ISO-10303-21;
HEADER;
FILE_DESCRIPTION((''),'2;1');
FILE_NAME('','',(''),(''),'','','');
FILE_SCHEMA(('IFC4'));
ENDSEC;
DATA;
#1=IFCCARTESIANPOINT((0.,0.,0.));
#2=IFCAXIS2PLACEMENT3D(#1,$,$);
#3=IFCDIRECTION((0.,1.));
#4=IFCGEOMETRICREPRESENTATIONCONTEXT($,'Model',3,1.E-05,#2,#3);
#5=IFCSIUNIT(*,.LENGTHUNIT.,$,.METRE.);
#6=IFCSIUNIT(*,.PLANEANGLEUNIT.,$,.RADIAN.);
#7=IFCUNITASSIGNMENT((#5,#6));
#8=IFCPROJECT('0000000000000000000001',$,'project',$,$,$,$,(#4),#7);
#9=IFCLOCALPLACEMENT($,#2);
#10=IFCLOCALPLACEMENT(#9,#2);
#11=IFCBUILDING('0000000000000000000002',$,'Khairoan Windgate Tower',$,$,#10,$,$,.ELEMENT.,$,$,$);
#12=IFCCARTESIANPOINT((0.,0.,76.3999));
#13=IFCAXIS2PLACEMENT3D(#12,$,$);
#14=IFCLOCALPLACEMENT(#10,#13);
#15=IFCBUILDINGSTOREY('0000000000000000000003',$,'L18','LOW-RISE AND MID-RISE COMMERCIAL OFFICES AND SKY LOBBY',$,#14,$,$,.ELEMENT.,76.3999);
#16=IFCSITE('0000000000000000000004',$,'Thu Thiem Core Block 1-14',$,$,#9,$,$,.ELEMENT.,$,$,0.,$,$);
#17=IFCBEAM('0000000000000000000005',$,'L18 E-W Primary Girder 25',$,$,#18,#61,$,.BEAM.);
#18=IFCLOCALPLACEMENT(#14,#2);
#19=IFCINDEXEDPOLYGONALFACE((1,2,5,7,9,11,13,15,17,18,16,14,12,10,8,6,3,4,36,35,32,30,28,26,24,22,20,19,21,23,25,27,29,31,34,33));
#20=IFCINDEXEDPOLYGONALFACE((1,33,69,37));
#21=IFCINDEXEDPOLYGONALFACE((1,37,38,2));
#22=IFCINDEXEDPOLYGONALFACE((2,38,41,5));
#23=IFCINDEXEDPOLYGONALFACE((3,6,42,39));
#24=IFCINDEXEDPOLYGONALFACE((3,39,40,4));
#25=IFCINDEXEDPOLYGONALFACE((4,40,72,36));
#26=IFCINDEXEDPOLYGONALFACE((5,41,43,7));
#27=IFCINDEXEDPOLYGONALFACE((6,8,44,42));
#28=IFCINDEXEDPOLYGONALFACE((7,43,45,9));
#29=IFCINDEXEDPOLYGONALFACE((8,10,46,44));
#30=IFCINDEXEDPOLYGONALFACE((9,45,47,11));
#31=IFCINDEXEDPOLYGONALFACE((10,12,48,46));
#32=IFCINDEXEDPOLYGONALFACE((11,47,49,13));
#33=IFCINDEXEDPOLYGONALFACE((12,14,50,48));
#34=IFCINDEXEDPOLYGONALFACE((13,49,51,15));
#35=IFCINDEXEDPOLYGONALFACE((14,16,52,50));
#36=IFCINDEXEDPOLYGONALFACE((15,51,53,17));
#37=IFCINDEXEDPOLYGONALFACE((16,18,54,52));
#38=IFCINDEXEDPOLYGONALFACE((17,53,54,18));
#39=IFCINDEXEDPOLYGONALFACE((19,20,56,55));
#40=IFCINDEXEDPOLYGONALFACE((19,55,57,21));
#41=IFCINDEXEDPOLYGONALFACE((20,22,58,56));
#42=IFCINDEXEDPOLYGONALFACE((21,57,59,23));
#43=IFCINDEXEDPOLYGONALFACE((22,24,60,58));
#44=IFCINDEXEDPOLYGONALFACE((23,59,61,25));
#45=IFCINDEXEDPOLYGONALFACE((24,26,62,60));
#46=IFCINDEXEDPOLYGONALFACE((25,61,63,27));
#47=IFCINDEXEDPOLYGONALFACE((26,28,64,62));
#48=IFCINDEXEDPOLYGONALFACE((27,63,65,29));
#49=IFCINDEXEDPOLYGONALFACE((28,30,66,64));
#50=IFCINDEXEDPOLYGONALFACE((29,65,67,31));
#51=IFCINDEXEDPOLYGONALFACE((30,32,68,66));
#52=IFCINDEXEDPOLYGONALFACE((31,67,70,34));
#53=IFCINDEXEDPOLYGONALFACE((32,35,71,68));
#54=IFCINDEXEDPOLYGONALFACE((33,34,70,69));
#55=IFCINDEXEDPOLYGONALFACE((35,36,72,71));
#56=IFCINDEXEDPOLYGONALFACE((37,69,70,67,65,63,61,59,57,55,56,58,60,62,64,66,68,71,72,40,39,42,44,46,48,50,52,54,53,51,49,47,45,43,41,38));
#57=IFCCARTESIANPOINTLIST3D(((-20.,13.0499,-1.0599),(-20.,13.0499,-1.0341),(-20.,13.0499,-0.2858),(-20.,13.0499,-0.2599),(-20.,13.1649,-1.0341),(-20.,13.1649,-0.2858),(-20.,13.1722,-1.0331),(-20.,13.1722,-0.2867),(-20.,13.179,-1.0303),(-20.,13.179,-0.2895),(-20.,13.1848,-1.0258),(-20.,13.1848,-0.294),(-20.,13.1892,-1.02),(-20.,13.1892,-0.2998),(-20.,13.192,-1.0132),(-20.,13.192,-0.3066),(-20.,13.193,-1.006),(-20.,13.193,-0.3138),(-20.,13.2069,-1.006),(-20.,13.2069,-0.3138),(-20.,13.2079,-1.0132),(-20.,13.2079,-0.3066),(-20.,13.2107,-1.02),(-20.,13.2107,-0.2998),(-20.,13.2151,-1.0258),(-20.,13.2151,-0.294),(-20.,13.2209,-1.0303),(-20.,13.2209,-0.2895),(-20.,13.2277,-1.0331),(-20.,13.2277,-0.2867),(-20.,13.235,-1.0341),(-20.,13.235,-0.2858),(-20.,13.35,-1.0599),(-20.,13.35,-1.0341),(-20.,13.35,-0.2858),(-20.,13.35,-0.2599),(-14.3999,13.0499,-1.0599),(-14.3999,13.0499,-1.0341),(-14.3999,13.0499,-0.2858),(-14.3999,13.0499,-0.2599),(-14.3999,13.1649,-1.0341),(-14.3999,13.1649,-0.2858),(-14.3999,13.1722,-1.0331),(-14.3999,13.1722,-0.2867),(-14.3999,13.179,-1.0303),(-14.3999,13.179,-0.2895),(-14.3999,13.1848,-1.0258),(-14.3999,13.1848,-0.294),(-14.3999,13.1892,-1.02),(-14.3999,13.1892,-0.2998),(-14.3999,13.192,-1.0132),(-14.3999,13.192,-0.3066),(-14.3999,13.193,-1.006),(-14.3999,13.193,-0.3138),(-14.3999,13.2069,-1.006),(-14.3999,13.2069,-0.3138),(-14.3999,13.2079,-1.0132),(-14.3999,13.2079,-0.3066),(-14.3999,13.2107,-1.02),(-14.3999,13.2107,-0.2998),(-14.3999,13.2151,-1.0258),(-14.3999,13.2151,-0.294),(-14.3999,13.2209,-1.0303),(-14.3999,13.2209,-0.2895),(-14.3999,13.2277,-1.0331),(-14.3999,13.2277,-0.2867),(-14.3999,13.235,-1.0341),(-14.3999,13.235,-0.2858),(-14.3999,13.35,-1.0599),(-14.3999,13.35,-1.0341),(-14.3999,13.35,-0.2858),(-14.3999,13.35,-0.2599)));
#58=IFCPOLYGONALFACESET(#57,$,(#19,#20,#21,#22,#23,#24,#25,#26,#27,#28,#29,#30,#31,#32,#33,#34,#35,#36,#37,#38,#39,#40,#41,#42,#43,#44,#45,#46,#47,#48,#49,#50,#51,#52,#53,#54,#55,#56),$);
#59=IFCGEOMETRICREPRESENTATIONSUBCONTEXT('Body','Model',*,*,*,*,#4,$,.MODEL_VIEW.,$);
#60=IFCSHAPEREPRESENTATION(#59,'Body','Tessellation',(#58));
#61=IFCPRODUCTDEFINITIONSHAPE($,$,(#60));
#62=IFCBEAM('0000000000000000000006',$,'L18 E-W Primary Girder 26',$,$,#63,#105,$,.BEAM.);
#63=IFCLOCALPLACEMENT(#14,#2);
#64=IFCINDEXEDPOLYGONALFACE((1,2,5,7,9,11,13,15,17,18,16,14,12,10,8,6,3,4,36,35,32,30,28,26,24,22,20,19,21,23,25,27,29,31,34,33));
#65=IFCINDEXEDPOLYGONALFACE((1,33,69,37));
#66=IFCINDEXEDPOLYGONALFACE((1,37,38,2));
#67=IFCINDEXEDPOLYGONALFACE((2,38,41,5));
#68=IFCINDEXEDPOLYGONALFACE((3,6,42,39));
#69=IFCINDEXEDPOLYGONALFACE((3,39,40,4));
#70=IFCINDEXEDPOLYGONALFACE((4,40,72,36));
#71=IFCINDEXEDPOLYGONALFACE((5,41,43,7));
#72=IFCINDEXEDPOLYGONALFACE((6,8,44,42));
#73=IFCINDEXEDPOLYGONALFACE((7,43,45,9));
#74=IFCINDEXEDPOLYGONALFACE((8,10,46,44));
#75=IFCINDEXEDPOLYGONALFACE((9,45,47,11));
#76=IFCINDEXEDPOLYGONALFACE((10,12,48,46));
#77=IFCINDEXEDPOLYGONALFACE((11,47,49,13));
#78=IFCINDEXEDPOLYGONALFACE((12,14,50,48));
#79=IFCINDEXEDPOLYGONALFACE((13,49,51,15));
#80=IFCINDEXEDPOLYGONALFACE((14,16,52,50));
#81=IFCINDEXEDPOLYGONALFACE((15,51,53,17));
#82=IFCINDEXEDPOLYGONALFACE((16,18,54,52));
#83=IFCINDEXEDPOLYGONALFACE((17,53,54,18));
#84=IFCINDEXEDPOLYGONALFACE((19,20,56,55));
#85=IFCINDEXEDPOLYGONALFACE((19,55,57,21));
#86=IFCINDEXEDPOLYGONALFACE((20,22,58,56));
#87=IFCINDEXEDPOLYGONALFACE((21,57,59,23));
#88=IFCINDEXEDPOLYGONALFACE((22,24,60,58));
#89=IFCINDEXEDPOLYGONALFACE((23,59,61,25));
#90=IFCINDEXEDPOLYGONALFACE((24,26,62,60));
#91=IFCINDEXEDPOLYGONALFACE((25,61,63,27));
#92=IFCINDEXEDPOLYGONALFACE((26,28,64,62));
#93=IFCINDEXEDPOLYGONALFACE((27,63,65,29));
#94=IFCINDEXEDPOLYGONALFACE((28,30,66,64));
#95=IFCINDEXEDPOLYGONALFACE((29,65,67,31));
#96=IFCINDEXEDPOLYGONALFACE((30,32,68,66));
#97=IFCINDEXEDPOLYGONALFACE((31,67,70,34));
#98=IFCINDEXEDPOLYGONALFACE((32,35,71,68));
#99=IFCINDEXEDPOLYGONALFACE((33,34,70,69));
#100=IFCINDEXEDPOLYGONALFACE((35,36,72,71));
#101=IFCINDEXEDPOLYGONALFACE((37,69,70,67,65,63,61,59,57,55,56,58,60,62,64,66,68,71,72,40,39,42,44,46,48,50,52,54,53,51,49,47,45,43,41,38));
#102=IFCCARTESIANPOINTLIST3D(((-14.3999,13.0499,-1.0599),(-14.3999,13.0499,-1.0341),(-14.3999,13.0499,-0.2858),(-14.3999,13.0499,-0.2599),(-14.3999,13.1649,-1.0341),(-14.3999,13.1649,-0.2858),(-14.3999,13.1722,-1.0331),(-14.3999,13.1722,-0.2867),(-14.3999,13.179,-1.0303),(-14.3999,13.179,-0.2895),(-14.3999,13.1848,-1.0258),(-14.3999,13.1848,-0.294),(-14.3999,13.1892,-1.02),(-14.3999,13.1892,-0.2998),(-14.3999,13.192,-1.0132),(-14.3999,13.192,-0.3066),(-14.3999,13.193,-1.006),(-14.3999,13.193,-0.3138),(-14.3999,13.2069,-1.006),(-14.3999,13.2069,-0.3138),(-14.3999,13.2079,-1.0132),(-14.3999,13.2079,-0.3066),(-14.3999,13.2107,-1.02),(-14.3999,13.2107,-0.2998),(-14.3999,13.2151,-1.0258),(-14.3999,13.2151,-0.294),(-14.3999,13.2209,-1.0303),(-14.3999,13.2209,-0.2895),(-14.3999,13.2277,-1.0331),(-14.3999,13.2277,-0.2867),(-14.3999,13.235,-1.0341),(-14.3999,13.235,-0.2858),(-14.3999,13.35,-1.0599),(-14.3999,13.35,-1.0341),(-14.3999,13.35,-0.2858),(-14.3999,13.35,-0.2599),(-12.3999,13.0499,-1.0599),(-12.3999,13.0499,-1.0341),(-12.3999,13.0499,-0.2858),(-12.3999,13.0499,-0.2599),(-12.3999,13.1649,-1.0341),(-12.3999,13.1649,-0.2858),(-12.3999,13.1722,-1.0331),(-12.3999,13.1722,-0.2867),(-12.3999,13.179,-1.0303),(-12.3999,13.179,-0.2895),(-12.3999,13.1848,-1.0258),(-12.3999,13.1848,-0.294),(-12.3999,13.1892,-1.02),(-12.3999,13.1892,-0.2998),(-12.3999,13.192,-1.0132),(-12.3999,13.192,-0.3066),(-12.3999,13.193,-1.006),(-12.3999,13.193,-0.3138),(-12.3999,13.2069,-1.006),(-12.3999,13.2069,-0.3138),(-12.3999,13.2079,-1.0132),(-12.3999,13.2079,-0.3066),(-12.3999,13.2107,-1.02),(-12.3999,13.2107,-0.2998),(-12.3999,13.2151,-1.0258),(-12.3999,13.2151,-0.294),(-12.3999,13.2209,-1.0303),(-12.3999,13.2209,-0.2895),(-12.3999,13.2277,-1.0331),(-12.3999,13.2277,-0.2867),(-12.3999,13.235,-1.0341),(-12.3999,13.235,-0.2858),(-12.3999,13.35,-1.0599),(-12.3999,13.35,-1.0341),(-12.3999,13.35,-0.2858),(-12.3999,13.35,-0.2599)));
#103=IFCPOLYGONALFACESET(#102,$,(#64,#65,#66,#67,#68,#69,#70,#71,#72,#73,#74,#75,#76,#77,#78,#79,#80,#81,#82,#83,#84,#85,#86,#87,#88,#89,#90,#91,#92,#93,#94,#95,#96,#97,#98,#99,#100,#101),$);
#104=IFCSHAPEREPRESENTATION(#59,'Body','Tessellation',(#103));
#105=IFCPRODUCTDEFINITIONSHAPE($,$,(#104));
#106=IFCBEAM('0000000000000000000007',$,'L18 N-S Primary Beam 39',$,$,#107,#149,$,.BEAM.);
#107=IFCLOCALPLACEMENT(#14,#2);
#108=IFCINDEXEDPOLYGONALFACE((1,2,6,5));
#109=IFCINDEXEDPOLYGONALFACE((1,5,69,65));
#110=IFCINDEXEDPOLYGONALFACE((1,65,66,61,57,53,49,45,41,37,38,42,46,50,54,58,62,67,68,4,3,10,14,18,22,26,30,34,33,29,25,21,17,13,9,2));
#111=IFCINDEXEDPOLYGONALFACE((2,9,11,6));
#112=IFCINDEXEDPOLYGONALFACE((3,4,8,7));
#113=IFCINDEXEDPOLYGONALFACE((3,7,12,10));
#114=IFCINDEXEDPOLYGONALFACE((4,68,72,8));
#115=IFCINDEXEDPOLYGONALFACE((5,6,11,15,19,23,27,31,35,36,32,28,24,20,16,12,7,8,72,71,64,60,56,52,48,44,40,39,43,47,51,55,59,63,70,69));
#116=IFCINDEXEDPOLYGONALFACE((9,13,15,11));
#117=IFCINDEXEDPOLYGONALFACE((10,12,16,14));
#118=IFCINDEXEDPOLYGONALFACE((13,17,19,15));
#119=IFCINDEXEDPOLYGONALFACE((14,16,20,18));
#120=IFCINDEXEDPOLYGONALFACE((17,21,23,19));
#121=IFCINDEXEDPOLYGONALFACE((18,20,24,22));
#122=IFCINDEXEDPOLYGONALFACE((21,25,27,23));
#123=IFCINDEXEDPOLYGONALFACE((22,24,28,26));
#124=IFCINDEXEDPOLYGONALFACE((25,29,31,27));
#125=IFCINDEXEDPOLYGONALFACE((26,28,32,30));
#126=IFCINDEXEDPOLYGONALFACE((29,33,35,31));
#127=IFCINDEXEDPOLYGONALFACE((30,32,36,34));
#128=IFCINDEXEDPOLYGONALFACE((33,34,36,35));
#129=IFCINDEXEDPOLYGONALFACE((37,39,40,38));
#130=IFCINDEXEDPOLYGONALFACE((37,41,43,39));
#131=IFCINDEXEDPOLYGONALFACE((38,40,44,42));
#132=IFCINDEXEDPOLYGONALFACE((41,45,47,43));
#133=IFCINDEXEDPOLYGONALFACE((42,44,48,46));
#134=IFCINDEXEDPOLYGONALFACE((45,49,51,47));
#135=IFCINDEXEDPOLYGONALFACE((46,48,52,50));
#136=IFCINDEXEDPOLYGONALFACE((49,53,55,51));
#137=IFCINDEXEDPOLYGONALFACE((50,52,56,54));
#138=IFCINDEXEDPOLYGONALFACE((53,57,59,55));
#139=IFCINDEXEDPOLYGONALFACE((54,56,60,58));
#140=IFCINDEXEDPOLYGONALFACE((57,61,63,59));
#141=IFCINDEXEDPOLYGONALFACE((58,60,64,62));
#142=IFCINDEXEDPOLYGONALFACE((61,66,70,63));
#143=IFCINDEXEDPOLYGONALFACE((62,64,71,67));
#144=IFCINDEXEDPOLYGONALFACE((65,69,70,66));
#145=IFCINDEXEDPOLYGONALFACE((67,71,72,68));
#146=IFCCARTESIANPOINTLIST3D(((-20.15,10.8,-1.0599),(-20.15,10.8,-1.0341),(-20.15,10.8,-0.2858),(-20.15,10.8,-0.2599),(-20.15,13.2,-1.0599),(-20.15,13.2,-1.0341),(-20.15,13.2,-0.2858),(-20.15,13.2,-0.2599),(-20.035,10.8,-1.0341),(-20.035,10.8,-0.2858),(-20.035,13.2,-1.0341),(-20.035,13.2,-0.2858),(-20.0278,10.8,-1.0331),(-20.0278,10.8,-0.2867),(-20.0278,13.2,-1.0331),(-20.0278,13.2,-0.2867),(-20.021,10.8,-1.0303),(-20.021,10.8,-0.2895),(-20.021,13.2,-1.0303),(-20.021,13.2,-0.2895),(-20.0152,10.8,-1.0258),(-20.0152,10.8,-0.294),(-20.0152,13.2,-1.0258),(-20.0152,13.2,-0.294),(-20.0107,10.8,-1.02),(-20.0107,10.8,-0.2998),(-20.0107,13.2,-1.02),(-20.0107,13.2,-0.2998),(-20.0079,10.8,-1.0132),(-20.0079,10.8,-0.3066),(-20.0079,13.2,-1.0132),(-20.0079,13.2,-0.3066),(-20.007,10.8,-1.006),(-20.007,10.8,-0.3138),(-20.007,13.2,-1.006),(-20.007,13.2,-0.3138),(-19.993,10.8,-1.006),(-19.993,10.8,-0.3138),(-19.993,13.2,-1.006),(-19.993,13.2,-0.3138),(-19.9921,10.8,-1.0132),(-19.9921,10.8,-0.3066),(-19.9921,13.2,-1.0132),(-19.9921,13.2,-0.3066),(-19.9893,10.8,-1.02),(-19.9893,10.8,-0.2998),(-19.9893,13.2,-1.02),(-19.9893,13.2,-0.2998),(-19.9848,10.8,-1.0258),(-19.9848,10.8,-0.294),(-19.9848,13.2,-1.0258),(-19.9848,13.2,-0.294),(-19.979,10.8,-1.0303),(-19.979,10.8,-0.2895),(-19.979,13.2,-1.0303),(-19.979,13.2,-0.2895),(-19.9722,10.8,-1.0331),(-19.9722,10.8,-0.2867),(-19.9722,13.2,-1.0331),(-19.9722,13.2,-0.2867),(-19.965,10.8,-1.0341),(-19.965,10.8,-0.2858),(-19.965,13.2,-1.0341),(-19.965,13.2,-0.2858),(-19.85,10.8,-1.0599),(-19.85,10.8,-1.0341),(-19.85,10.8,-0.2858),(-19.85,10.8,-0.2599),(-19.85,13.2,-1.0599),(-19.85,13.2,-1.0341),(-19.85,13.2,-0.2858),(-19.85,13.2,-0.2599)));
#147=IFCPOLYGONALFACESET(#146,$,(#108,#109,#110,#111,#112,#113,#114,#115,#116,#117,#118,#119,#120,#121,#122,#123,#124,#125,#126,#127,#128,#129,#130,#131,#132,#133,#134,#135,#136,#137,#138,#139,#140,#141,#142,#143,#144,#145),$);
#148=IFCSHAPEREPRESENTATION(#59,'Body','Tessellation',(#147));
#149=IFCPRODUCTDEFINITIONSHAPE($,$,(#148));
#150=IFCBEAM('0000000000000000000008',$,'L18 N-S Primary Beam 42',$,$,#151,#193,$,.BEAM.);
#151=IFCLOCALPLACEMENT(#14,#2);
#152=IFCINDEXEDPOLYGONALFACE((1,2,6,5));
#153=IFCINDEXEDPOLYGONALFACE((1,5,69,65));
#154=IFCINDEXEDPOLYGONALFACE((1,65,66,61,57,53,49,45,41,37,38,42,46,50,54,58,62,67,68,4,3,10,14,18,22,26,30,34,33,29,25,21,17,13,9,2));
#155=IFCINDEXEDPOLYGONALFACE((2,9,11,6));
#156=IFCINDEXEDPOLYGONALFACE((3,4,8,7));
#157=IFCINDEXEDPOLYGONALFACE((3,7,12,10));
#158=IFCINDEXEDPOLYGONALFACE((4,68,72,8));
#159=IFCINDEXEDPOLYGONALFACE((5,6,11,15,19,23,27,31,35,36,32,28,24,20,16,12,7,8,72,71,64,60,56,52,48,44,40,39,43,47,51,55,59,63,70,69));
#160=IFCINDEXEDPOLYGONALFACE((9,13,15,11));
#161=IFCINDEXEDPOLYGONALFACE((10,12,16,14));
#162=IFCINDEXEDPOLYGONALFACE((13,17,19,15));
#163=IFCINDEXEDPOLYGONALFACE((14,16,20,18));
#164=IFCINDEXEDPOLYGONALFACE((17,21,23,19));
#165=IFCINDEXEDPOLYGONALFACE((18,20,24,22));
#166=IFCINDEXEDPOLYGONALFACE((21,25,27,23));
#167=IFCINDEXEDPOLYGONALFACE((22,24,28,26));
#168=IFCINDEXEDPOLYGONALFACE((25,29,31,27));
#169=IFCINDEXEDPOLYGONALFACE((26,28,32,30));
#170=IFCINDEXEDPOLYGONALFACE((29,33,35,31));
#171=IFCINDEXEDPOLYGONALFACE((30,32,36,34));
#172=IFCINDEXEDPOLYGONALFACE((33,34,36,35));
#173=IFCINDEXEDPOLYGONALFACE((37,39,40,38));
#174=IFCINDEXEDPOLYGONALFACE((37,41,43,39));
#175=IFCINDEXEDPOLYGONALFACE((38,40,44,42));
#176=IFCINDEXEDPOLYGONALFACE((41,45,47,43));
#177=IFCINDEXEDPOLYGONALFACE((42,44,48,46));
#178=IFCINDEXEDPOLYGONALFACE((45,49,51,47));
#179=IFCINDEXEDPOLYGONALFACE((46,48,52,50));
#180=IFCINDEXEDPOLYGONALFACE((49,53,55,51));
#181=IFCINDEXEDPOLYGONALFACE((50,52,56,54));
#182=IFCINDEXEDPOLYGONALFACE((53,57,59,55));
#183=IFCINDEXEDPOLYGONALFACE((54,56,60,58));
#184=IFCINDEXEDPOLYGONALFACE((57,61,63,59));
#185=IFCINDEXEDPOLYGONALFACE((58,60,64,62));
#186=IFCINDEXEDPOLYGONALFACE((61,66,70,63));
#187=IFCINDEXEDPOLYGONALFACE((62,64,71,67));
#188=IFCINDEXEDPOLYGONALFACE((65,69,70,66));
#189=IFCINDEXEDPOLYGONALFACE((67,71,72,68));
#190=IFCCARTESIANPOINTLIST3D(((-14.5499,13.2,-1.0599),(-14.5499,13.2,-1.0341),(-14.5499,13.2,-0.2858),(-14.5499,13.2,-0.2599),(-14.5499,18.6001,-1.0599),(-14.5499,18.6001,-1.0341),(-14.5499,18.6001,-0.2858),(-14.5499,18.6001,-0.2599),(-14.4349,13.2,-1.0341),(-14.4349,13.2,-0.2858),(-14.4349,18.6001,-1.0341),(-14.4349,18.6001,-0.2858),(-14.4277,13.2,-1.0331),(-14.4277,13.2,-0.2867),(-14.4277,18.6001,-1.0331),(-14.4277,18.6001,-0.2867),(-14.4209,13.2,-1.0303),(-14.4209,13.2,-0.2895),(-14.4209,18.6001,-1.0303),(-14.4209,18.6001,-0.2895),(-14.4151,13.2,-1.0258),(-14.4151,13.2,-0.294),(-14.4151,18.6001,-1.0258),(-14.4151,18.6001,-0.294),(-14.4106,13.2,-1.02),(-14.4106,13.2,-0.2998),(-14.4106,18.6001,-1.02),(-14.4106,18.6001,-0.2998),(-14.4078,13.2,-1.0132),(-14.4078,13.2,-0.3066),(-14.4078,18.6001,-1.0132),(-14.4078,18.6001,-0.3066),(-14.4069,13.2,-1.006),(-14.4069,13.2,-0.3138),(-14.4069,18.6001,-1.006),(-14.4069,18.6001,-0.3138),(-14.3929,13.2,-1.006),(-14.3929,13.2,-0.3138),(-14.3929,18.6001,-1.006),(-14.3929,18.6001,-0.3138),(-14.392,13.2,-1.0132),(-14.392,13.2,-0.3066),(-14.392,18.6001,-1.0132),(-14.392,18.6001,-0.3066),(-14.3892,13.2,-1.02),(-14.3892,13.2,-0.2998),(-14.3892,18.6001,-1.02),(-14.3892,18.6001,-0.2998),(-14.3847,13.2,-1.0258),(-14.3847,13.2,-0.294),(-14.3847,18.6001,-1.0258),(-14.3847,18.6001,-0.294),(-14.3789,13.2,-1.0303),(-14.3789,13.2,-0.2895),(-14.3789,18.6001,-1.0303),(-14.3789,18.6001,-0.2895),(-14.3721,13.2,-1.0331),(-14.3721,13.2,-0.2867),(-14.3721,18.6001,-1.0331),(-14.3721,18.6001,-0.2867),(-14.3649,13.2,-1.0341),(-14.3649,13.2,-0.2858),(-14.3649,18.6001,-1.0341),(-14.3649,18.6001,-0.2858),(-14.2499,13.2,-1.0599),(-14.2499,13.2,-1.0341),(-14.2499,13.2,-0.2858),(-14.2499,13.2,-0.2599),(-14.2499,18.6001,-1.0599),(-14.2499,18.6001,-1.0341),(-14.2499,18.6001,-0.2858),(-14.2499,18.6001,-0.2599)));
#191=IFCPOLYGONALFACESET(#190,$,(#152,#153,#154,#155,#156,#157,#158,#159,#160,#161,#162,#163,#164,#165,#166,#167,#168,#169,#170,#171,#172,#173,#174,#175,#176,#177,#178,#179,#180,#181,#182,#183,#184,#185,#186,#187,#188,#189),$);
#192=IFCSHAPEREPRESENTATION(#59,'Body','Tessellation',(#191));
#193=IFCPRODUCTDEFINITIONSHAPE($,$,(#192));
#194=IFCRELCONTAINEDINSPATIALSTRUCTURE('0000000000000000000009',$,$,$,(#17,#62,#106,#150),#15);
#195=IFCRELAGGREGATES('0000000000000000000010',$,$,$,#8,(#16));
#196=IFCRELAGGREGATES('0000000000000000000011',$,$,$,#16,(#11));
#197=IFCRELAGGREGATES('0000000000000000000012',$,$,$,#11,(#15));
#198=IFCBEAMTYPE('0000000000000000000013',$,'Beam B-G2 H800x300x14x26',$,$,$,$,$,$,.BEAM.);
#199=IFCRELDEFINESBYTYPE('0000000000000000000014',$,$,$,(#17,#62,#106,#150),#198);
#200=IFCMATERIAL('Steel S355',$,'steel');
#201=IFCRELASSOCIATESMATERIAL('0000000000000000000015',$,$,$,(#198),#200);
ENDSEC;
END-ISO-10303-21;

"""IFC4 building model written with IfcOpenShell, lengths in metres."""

from ifc_helpers import new_model, si_unit, direction, frame, origin, origin_2d, place, context, subcontext, project, spatial, i_section, extrude, material, material_profile, profile_set, type_object, element, save


model = new_model("IFC4")

# Units and contexts
model_context = context("Model", 3, precision=1e-05, world=origin(), true_north=direction((0.0, 1.0)))
body_context = subcontext(model_context, "Body", "Model", "MODEL_VIEW")
ifc_project = project(units=[si_unit("LENGTHUNIT", "METRE"), si_unit("PLANEANGLEUNIT", "RADIAN")], contexts=[model_context])

# Site, building, storey
site_placement = place(None, origin())
site = spatial("IfcSite", under=ifc_project, at=site_placement, Name="Thu Thiem Core Block 1-14", CompositionType="ELEMENT", RefElevation=0.0)
building_placement = place(site_placement, origin())
building = spatial("IfcBuilding", under=site, at=building_placement, Name="Khairoan Windgate Tower", CompositionType="ELEMENT")
storey_placement = place(building_placement, frame((0.0, 0.0, 76.3999)))
storey = spatial("IfcBuildingStorey", under=building, at=storey_placement, Name="L18", Description="LOW-RISE AND MID-RISE COMMERCIAL OFFICES AND SKY LOBBY", CompositionType="ELEMENT", Elevation=76.3999)

# Beams
ifc_material_1 = material(Name="Steel S355", Category="steel")
ifc_material_profile_1 = material_profile(ifc_material_1, i_section(OverallWidth=0.3, OverallDepth=0.8, WebThickness=0.0139, FlangeThickness=0.0259, FilletRadius=0.0281, at=origin_2d()))
ifc_profile_set_1 = profile_set([ifc_material_profile_1], Name="Steel S355")
beam_type_1 = type_object("IfcBeamType", Name="Beam B-G2 H800x300x14x26", PredefinedType="BEAM", material=ifc_profile_set_1)
beam_1_placement = place(storey_placement, frame((-20.0, 13.2, -0.6599), z_axis=(1.0, 0.0, 0.0), x_axis=(0.0, 1.0, 0.0)))
element("IfcBeam", 1, at=beam_1_placement, inside=storey, type_object=beam_type_1, Name="L18 E-W Primary Girder 25", PredefinedType="BEAM", context=body_context, shape_type="SweptSolid", body=[
    extrude(i_section(OverallWidth=0.3, OverallDepth=0.8, WebThickness=0.0139, FlangeThickness=0.0259, FilletRadius=0.0281, at=origin_2d()), origin(), (0.0, 0.0, 1.0), 5.6001),
])
beam_2_placement = place(storey_placement, frame((-14.3999, 13.2, -0.6599), z_axis=(1.0, 0.0, 0.0), x_axis=(0.0, 1.0, 0.0)))
element("IfcBeam", 2, at=beam_2_placement, inside=storey, type_object=beam_type_1, Name="L18 E-W Primary Girder 26", PredefinedType="BEAM", context=body_context, shape_type="SweptSolid", body=[
    extrude(i_section(OverallWidth=0.3, OverallDepth=0.8, WebThickness=0.0139, FlangeThickness=0.0259, FilletRadius=0.0281, at=origin_2d()), origin(), (0.0, 0.0, 1.0), 2.0),
])
beam_3_placement = place(storey_placement, frame((-20.0, 10.8, -0.6599), z_axis=(0.0, 1.0, 0.0), x_axis=(-1.0, 0.0, 0.0)))
element("IfcBeam", 3, at=beam_3_placement, inside=storey, type_object=beam_type_1, Name="L18 N-S Primary Beam 39", PredefinedType="BEAM", context=body_context, shape_type="SweptSolid", body=[
    extrude(i_section(OverallWidth=0.3, OverallDepth=0.8, WebThickness=0.0139, FlangeThickness=0.0259, FilletRadius=0.0281, at=origin_2d()), origin(), (0.0, 0.0, 1.0), 2.3999),
])
beam_4_placement = place(storey_placement, frame((-14.3999, 13.2, -0.6599), z_axis=(0.0, 1.0, 0.0), x_axis=(-1.0, 0.0, 0.0)))
element("IfcBeam", 4, at=beam_4_placement, inside=storey, type_object=beam_type_1, Name="L18 N-S Primary Beam 42", PredefinedType="BEAM", context=body_context, shape_type="SweptSolid", body=[
    extrude(i_section(OverallWidth=0.3, OverallDepth=0.8, WebThickness=0.0139, FlangeThickness=0.0259, FilletRadius=0.0281, at=origin_2d()), origin(), (0.0, 0.0, 1.0), 5.4001),
])

save(model, "model.ifc")
